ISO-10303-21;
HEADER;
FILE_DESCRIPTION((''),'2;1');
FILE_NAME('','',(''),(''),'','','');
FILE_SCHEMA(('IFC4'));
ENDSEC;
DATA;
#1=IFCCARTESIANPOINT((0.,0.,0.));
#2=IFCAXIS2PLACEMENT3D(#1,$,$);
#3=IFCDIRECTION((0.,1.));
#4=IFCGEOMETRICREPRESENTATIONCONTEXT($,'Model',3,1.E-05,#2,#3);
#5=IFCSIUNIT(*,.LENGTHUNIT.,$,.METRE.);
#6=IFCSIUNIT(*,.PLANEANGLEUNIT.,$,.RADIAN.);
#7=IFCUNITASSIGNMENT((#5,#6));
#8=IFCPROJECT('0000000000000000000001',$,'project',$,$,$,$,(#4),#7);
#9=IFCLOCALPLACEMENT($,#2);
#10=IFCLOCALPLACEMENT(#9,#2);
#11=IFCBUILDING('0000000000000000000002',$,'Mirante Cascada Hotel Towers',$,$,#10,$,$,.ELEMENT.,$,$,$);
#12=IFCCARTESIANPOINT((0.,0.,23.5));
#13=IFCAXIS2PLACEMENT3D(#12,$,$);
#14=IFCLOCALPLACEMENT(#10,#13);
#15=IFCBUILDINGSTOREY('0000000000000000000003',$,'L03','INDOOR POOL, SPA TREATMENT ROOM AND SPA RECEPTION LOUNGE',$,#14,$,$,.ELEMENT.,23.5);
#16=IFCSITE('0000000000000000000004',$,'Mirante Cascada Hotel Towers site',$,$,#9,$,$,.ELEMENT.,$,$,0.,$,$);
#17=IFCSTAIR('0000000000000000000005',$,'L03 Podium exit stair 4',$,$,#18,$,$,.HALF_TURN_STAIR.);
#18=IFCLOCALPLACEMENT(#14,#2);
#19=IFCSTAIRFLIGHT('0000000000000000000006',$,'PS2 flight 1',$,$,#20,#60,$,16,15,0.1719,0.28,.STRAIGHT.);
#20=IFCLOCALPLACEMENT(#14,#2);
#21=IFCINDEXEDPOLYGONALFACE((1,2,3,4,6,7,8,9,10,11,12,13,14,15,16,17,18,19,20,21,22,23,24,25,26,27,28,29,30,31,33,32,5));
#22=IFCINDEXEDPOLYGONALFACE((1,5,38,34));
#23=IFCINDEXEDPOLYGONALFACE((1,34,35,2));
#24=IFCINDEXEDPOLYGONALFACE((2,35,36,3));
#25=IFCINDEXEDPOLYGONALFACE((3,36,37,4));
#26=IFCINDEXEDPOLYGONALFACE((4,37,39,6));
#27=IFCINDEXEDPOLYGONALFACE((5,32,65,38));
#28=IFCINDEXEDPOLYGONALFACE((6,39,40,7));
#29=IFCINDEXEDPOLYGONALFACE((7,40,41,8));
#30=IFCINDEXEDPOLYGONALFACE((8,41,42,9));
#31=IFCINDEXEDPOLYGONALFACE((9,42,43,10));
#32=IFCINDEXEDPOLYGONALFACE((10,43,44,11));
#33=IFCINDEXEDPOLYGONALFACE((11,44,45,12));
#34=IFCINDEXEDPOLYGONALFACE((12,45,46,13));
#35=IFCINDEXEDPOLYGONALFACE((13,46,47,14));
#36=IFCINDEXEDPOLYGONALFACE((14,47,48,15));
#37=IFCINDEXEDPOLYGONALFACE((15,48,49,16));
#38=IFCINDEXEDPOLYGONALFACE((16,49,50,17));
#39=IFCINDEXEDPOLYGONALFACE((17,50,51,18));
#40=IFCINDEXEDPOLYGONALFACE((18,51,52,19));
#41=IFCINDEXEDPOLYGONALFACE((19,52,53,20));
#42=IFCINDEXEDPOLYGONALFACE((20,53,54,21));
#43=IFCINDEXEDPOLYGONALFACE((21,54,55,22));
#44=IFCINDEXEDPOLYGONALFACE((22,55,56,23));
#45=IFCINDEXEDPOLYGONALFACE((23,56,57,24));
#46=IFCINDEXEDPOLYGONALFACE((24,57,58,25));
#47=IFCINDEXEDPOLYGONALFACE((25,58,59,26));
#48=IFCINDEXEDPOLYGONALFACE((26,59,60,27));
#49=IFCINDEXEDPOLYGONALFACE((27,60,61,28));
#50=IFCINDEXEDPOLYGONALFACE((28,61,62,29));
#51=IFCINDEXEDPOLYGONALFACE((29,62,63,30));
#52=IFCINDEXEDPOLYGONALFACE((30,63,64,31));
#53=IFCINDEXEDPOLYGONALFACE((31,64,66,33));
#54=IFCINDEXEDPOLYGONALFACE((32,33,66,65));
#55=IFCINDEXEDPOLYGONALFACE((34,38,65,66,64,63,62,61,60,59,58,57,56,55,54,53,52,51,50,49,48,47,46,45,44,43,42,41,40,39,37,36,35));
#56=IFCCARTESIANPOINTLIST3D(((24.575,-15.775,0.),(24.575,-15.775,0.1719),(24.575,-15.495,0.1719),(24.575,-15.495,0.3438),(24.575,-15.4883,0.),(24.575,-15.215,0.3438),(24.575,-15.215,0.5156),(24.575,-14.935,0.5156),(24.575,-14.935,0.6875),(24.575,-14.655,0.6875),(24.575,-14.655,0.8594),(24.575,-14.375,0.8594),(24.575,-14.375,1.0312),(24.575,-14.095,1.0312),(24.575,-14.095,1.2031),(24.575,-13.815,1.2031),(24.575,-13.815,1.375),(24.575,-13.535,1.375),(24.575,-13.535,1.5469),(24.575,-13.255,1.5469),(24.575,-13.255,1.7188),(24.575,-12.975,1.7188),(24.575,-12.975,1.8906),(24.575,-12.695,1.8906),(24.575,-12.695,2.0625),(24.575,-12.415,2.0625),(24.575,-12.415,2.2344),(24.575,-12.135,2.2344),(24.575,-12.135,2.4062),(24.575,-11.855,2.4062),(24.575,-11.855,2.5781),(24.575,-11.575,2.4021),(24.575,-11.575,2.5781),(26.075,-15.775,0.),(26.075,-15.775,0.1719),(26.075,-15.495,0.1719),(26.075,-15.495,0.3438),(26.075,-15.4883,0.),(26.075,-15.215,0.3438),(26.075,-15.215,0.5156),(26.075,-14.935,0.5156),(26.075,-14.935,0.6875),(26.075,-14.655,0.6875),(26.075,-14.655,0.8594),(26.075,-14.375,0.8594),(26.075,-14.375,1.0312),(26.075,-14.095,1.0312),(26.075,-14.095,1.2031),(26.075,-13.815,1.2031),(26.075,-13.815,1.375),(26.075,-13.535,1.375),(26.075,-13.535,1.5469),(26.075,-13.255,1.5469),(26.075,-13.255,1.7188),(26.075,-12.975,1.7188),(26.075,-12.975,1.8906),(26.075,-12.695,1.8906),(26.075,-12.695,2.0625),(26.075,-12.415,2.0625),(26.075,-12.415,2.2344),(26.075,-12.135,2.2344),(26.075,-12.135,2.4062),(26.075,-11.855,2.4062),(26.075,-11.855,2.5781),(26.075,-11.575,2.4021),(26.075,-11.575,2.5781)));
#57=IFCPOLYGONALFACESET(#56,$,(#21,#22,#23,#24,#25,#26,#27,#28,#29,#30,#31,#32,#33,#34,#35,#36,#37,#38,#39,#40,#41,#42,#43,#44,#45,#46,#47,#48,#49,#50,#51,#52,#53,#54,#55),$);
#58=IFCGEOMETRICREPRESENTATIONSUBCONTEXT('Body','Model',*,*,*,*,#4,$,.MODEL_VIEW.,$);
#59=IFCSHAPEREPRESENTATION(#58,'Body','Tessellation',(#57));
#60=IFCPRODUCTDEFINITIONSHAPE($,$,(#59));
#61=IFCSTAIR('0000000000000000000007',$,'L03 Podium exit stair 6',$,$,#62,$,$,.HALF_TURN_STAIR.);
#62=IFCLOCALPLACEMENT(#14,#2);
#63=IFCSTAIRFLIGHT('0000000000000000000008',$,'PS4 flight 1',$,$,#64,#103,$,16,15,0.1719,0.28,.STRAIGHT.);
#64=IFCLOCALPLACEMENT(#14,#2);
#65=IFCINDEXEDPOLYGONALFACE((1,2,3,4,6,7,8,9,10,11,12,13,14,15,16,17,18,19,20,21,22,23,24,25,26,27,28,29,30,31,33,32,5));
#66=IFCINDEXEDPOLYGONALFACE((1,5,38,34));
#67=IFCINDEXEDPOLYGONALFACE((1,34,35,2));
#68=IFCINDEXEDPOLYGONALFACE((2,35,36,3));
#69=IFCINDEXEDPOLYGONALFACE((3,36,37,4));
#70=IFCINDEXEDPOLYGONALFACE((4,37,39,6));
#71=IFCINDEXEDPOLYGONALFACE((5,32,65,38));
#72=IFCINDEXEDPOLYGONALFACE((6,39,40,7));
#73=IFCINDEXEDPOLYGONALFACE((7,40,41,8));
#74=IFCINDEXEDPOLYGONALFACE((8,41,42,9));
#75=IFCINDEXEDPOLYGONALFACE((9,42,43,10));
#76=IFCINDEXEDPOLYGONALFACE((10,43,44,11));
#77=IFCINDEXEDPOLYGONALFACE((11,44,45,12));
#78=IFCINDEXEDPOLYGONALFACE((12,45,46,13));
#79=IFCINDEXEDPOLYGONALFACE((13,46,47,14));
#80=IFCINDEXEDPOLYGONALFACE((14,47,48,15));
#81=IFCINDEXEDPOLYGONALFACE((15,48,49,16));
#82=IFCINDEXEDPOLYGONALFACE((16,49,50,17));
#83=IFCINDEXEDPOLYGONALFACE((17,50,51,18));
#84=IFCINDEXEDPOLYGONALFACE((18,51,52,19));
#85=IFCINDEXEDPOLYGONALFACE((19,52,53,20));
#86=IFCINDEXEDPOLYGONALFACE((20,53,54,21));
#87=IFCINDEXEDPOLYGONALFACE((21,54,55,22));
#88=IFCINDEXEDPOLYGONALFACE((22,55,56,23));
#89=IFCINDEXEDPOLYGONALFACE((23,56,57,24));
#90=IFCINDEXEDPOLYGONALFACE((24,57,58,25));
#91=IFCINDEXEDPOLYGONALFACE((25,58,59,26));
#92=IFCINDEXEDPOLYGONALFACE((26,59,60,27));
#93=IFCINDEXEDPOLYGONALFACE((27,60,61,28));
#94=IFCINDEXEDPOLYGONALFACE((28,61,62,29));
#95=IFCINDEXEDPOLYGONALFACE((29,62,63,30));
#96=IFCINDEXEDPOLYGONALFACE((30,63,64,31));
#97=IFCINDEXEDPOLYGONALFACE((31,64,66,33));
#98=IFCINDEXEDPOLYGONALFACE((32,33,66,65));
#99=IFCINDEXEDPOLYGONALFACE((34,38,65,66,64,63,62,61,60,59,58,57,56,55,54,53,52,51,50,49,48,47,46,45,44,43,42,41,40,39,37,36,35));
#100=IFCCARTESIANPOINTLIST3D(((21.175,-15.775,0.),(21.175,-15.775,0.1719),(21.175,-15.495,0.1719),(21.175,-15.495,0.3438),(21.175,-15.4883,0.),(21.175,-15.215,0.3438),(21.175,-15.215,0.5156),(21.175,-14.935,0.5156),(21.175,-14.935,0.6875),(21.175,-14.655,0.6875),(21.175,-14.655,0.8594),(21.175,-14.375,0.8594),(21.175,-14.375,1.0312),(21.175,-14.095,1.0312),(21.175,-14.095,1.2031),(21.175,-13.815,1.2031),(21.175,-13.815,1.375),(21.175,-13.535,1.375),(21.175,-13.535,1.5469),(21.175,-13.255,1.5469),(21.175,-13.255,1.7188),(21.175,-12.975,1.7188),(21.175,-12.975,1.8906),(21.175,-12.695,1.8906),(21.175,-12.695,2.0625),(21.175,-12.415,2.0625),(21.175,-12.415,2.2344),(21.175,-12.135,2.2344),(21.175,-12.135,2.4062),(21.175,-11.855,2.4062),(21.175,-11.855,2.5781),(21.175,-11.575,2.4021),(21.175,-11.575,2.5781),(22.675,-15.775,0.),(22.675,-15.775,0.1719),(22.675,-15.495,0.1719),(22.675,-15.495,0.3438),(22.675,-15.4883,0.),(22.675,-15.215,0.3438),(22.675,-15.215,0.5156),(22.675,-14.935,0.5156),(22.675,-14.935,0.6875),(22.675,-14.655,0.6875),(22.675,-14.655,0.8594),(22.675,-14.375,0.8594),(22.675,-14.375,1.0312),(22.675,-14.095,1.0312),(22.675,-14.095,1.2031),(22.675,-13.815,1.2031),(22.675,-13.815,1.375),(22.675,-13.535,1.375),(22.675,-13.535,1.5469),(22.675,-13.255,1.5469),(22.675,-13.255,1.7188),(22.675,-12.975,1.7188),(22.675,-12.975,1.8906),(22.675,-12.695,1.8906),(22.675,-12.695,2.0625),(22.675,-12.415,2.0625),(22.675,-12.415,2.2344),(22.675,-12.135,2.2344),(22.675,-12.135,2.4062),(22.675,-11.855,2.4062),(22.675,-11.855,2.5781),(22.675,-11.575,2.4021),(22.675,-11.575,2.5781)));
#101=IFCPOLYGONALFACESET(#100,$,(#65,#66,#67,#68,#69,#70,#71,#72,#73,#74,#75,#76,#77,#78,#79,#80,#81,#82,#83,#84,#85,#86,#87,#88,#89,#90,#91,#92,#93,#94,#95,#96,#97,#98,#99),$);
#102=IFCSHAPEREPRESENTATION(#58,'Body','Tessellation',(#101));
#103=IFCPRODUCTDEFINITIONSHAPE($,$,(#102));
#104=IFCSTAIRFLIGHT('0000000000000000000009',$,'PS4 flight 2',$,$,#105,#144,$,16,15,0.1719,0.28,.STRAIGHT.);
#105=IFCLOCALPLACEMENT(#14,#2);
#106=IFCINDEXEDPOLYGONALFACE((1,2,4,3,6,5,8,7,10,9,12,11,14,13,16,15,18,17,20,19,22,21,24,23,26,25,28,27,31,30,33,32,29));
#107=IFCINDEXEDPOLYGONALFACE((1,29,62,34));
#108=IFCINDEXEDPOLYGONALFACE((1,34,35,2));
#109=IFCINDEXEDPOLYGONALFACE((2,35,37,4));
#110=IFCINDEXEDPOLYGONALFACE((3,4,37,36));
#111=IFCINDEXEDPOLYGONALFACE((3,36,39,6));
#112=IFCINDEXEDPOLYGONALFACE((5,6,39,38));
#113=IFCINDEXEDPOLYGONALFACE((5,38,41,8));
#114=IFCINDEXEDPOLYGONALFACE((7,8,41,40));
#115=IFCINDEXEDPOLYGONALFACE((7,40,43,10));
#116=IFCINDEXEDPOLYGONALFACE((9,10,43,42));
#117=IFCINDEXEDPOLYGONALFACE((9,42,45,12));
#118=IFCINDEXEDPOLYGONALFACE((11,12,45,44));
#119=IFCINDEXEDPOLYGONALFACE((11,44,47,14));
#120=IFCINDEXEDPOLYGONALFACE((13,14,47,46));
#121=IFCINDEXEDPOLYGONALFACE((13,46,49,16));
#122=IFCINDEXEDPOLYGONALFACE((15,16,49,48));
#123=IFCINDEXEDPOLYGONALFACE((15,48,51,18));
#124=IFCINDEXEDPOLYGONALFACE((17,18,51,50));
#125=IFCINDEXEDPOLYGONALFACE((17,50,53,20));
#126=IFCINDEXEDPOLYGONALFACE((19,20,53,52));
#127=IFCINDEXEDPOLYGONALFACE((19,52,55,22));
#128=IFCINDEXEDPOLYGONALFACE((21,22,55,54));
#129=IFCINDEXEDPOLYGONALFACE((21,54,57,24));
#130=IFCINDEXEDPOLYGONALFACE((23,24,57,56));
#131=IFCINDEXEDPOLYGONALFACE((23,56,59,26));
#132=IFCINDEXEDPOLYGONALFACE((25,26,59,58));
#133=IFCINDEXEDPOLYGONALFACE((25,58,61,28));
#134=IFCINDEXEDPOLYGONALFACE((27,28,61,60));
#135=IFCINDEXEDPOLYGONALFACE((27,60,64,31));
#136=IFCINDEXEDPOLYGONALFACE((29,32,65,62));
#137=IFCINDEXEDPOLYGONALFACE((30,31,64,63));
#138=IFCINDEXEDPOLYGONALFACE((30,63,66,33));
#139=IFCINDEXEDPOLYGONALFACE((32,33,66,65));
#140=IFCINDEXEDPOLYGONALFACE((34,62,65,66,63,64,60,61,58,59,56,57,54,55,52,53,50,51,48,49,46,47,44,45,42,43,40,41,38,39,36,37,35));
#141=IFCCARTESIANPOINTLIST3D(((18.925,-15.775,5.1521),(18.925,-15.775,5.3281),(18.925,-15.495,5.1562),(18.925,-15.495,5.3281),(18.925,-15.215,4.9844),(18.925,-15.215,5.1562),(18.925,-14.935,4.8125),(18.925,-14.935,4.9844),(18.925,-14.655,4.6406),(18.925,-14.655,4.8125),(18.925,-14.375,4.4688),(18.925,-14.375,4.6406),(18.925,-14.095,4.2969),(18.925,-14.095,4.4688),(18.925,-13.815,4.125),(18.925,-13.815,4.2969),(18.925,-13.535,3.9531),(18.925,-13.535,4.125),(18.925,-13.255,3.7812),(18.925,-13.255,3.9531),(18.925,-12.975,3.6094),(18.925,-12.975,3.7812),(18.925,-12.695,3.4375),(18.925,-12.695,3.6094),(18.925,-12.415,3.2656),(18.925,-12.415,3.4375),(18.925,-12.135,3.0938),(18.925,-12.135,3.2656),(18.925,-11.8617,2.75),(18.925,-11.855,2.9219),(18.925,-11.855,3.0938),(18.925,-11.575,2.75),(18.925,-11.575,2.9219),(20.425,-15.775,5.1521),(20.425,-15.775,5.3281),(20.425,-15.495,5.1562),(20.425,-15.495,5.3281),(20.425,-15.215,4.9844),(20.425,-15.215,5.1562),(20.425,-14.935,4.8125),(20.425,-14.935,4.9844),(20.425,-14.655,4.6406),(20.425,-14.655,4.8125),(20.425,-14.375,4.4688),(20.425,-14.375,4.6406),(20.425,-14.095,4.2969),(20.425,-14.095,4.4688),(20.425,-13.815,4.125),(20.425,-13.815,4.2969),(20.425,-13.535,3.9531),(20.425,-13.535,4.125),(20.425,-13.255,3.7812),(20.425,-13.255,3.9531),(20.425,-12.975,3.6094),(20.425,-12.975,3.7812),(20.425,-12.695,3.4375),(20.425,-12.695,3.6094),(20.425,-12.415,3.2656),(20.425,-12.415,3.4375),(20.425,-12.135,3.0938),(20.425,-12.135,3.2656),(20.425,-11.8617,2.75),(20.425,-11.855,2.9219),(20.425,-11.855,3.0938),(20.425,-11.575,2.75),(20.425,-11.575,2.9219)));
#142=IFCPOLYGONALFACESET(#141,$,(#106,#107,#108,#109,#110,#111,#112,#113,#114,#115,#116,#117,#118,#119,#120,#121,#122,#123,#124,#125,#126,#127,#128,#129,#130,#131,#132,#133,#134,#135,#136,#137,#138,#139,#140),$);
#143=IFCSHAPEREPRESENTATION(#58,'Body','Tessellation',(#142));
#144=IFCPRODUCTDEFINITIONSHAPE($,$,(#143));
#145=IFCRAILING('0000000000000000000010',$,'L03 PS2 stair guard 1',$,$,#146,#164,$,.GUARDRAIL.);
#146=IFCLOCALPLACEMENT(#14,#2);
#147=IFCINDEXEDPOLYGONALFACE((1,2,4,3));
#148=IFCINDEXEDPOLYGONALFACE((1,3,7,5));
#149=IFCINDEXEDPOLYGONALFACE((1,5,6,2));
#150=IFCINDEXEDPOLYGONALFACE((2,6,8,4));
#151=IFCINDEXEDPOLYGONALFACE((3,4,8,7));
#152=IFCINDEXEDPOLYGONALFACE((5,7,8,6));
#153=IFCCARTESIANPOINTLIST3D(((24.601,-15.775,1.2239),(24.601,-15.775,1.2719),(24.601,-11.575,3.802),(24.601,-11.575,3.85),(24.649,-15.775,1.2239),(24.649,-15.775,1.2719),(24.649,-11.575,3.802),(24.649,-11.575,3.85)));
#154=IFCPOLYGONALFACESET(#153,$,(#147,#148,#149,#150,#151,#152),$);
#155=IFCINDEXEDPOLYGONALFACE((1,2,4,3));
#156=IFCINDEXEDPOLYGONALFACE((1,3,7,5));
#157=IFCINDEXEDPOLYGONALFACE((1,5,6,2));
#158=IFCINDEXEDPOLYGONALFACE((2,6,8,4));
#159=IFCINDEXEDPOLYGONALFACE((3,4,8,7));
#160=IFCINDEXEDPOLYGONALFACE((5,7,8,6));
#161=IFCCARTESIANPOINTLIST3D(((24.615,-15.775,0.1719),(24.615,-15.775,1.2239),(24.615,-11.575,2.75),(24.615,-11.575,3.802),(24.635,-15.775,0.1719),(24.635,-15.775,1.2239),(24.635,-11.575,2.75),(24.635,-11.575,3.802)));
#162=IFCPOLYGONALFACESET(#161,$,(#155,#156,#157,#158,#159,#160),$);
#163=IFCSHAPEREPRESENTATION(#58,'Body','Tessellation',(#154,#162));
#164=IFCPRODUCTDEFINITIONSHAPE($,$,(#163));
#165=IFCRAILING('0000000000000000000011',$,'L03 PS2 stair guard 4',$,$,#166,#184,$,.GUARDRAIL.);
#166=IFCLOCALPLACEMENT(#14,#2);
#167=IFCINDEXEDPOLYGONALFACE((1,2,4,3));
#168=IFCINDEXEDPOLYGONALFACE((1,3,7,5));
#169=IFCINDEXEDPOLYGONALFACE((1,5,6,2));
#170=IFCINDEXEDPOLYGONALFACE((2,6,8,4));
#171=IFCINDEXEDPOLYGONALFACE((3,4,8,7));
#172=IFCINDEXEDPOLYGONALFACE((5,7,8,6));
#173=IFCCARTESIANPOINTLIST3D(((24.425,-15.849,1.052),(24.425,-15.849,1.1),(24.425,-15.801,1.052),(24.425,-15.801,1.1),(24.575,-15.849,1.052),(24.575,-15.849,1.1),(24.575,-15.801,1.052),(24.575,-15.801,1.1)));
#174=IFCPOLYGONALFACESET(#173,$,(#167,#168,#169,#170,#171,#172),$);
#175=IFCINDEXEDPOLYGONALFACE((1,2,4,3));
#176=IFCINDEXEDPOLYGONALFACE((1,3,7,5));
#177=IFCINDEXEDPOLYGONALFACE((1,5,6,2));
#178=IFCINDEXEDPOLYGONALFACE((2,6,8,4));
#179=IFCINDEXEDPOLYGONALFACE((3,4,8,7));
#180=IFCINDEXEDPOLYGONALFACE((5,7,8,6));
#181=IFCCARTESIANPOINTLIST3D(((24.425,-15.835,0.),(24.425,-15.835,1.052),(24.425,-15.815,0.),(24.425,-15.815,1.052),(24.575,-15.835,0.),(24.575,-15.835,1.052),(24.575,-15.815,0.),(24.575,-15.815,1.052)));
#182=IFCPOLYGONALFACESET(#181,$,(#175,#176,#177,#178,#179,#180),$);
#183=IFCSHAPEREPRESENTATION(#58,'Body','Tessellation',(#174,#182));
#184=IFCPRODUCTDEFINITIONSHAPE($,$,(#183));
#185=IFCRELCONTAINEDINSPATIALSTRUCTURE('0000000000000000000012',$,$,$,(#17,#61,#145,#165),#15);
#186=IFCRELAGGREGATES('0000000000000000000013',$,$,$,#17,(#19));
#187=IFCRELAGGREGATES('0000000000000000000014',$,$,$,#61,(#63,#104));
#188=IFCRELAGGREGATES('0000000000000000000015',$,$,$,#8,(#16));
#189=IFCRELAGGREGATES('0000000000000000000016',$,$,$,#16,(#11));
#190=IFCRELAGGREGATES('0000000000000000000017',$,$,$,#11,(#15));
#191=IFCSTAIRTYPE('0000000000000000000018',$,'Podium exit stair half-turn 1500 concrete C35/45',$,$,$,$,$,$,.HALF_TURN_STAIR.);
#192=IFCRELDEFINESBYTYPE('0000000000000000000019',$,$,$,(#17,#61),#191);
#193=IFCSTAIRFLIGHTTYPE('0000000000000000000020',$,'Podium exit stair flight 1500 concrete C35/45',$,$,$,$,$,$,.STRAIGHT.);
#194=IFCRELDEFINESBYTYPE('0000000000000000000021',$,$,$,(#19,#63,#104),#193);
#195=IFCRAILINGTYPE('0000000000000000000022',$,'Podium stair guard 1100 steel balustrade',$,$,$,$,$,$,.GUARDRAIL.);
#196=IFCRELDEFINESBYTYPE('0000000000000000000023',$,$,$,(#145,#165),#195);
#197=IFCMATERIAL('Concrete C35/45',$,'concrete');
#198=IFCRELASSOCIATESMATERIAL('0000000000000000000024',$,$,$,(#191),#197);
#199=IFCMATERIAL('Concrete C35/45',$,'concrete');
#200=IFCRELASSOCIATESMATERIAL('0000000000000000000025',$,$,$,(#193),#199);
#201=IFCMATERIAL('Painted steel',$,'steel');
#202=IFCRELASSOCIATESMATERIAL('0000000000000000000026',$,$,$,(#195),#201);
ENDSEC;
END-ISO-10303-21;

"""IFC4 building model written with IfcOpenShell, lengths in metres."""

from ifc_helpers import new_model, si_unit, direction, frame, origin, origin_2d, place, context, subcontext, project, spatial, polyline, rectangle, outline, extrude, material, type_object, element, aggregate, save


model = new_model("IFC4")

# Units and contexts
model_context = context("Model", 3, precision=1e-05, world=origin(), true_north=direction((0.0, 1.0)))
body_context = subcontext(model_context, "Body", "Model", "MODEL_VIEW")
ifc_project = project(units=[si_unit("LENGTHUNIT", "METRE"), si_unit("PLANEANGLEUNIT", "RADIAN")], contexts=[model_context])

# Site, building, storey
site_placement = place(None, origin())
site = spatial("IfcSite", under=ifc_project, at=site_placement, Name="Mirante Cascada Hotel Towers site", CompositionType="ELEMENT", RefElevation=0.0)
building_placement = place(site_placement, origin())
building = spatial("IfcBuilding", under=site, at=building_placement, Name="Mirante Cascada Hotel Towers", CompositionType="ELEMENT")
storey_placement = place(building_placement, frame((0.0, 0.0, 23.5)))
storey = spatial("IfcBuildingStorey", under=building, at=storey_placement, Name="L03", Description="INDOOR POOL, SPA TREATMENT ROOM AND SPA RECEPTION LOUNGE", CompositionType="ELEMENT", Elevation=23.5)

# Stair, stair flight
ifc_material_1 = material(Name="Concrete C35/45", Category="concrete")
stair_type = type_object("IfcStairType", Name="Podium exit stair half-turn 1500 concrete C35/45", PredefinedType="HALF_TURN_STAIR", material=ifc_material_1)
stair_1_placement = place(storey_placement, origin())
stair_1 = element("IfcStair", 1, at=stair_1_placement, inside=storey, type_object=stair_type, Name="L03 Podium exit stair 4", PredefinedType="HALF_TURN_STAIR")
ifc_material_2 = material(Name="Concrete C35/45", Category="concrete")
stair_flight_type = type_object("IfcStairFlightType", Name="Podium exit stair flight 1500 concrete C35/45", PredefinedType="STRAIGHT", material=ifc_material_2)
stair_flight_1_placement = place(storey_placement, frame((25.325, -15.775, 0.0), z_axis=(0.0, 0.0, 1.0), x_axis=(0.0, 1.0, 0.0)))
stair_flight_1 = element("IfcStairFlight", 2, at=stair_flight_1_placement, type_object=stair_flight_type, Name="PS2 flight 1", NumberOfRisers=16, NumberOfTreads=15, PredefinedType="STRAIGHT", RiserHeight=0.1719, TreadLength=0.28, context=body_context, shape_type="SweptSolid", body=[
    extrude(outline(polyline([(0.0, 0.0), (0.0, 0.1719), (0.28, 0.1719), (0.28, 0.3438), (0.56, 0.3438), (0.56, 0.5156), (0.84, 0.5156), (0.84, 0.6875), (1.12, 0.6875), (1.12, 0.8594), (1.4, 0.8594), (1.4, 1.0312), (1.68, 1.0312), (1.68, 1.2031), (1.96, 1.2031), (1.96, 1.375), (2.24, 1.375), (2.24, 1.5469), (2.52, 1.5469), (2.52, 1.7188), (2.8, 1.7188), (2.8, 1.8906), (3.08, 1.8906), (3.08, 2.0625), (3.36, 2.0625), (3.36, 2.2344), (3.64, 2.2344), (3.64, 2.4062), (3.92, 2.4062), (3.92, 2.5781), (4.2, 2.5781), (4.2, 2.75), (4.2, 2.4021), (0.2867, 0.0), (0.0, 0.0)])), frame((0.0, 0.75, 0.0), z_axis=(0.0, -1.0, 0.0), x_axis=(1.0, 0.0, 0.0)), (0.0, 0.0, 1.0), 1.5),
])
aggregate(stair_1, [stair_flight_1])

# Stair, stair flights
stair_2_placement = place(storey_placement, origin())
stair_2 = element("IfcStair", 3, at=stair_2_placement, inside=storey, type_object=stair_type, Name="L03 Podium exit stair 6", PredefinedType="HALF_TURN_STAIR")
stair_flight_2_placement = place(storey_placement, frame((21.925, -15.775, 0.0), z_axis=(0.0, 0.0, 1.0), x_axis=(0.0, 1.0, 0.0)))
stair_flight_2 = element("IfcStairFlight", 4, at=stair_flight_2_placement, type_object=stair_flight_type, Name="PS4 flight 1", NumberOfRisers=16, NumberOfTreads=15, PredefinedType="STRAIGHT", RiserHeight=0.1719, TreadLength=0.28, context=body_context, shape_type="SweptSolid", body=[
    extrude(outline(polyline([(0.0, 0.0), (0.0, 0.1719), (0.28, 0.1719), (0.28, 0.3438), (0.56, 0.3438), (0.56, 0.5156), (0.84, 0.5156), (0.84, 0.6875), (1.12, 0.6875), (1.12, 0.8594), (1.4, 0.8594), (1.4, 1.0312), (1.68, 1.0312), (1.68, 1.2031), (1.96, 1.2031), (1.96, 1.375), (2.24, 1.375), (2.24, 1.5469), (2.52, 1.5469), (2.52, 1.7188), (2.8, 1.7188), (2.8, 1.8906), (3.08, 1.8906), (3.08, 2.0625), (3.36, 2.0625), (3.36, 2.2344), (3.64, 2.2344), (3.64, 2.4062), (3.92, 2.4062), (3.92, 2.5781), (4.2, 2.5781), (4.2, 2.75), (4.2, 2.4021), (0.2867, 0.0), (0.0, 0.0)])), frame((0.0, 0.75, 0.0), z_axis=(0.0, -1.0, 0.0), x_axis=(1.0, 0.0, 0.0)), (0.0, 0.0, 1.0), 1.5),
])
stair_flight_3_placement = place(storey_placement, frame((19.675, -11.575, 2.75), z_axis=(0.0, 0.0, 1.0), x_axis=(0.0, -1.0, 0.0)))
stair_flight_3 = element("IfcStairFlight", 5, at=stair_flight_3_placement, type_object=stair_flight_type, Name="PS4 flight 2", NumberOfRisers=16, NumberOfTreads=15, PredefinedType="STRAIGHT", RiserHeight=0.1719, TreadLength=0.28, context=body_context, shape_type="SweptSolid", body=[
    extrude(outline(polyline([(0.0, 0.0), (0.0, 0.1719), (0.28, 0.1719), (0.28, 0.3438), (0.56, 0.3438), (0.56, 0.5156), (0.84, 0.5156), (0.84, 0.6875), (1.12, 0.6875), (1.12, 0.8594), (1.4, 0.8594), (1.4, 1.0312), (1.68, 1.0312), (1.68, 1.2031), (1.96, 1.2031), (1.96, 1.375), (2.24, 1.375), (2.24, 1.5469), (2.52, 1.5469), (2.52, 1.7188), (2.8, 1.7188), (2.8, 1.8906), (3.08, 1.8906), (3.08, 2.0625), (3.36, 2.0625), (3.36, 2.2344), (3.64, 2.2344), (3.64, 2.4062), (3.92, 2.4062), (3.92, 2.5781), (4.2, 2.5781), (4.2, 2.75), (4.2, 2.4021), (0.2867, 0.0), (0.0, 0.0)])), frame((0.0, 0.75, 0.0), z_axis=(0.0, -1.0, 0.0), x_axis=(1.0, 0.0, 0.0)), (0.0, 0.0, 1.0), 1.5),
])
aggregate(stair_2, [stair_flight_2, stair_flight_3])

# Railings
ifc_material_3 = material(Name="Painted steel", Category="steel")
railing_type_1 = type_object("IfcRailingType", Name="Podium stair guard 1100 steel balustrade", PredefinedType="GUARDRAIL", material=ifc_material_3)
railing_1_placement = place(storey_placement, frame((24.625, -15.775, 0.1719)))
element("IfcRailing", 6, at=railing_1_placement, inside=storey, type_object=railing_type_1, Name="L03 PS2 stair guard 1", PredefinedType="GUARDRAIL", context=body_context, shape_type="SweptSolid", body=[
    extrude(rectangle(XDim=0.048, YDim=0.048, at=origin_2d()), frame((0.0, 0.0, 1.076), z_axis=(0.0, 1.0, 0.0), x_axis=(-1.0, 0.0, 0.0)), (0.0, 0.523138, 0.852248), 4.9281),
    extrude(rectangle(XDim=0.02, YDim=1.052, at=origin_2d()), frame((0.0, 0.0, 0.526), z_axis=(0.0, 1.0, 0.0), x_axis=(-1.0, 0.0, 0.0)), (0.0, 0.523138, 0.852248), 4.9281),
])
railing_2_placement = place(storey_placement, frame((24.575, -15.825, 0.0)))
element("IfcRailing", 7, at=railing_2_placement, inside=storey, type_object=railing_type_1, Name="L03 PS2 stair guard 4", PredefinedType="GUARDRAIL", context=body_context, shape_type="SweptSolid", body=[
    extrude(rectangle(XDim=0.048, YDim=0.048, at=origin_2d()), frame((0.0, 0.0, 1.076), z_axis=(-1.0, 0.0, 0.0), x_axis=(0.0, -1.0, 0.0)), (0.0, 0.0, 1.0), 0.15),
    extrude(rectangle(XDim=0.02, YDim=1.052, at=origin_2d()), frame((0.0, 0.0, 0.526), z_axis=(-1.0, 0.0, 0.0), x_axis=(0.0, -1.0, 0.0)), (0.0, 0.0, 1.0), 0.15),
])

save(model, "model.ifc")
